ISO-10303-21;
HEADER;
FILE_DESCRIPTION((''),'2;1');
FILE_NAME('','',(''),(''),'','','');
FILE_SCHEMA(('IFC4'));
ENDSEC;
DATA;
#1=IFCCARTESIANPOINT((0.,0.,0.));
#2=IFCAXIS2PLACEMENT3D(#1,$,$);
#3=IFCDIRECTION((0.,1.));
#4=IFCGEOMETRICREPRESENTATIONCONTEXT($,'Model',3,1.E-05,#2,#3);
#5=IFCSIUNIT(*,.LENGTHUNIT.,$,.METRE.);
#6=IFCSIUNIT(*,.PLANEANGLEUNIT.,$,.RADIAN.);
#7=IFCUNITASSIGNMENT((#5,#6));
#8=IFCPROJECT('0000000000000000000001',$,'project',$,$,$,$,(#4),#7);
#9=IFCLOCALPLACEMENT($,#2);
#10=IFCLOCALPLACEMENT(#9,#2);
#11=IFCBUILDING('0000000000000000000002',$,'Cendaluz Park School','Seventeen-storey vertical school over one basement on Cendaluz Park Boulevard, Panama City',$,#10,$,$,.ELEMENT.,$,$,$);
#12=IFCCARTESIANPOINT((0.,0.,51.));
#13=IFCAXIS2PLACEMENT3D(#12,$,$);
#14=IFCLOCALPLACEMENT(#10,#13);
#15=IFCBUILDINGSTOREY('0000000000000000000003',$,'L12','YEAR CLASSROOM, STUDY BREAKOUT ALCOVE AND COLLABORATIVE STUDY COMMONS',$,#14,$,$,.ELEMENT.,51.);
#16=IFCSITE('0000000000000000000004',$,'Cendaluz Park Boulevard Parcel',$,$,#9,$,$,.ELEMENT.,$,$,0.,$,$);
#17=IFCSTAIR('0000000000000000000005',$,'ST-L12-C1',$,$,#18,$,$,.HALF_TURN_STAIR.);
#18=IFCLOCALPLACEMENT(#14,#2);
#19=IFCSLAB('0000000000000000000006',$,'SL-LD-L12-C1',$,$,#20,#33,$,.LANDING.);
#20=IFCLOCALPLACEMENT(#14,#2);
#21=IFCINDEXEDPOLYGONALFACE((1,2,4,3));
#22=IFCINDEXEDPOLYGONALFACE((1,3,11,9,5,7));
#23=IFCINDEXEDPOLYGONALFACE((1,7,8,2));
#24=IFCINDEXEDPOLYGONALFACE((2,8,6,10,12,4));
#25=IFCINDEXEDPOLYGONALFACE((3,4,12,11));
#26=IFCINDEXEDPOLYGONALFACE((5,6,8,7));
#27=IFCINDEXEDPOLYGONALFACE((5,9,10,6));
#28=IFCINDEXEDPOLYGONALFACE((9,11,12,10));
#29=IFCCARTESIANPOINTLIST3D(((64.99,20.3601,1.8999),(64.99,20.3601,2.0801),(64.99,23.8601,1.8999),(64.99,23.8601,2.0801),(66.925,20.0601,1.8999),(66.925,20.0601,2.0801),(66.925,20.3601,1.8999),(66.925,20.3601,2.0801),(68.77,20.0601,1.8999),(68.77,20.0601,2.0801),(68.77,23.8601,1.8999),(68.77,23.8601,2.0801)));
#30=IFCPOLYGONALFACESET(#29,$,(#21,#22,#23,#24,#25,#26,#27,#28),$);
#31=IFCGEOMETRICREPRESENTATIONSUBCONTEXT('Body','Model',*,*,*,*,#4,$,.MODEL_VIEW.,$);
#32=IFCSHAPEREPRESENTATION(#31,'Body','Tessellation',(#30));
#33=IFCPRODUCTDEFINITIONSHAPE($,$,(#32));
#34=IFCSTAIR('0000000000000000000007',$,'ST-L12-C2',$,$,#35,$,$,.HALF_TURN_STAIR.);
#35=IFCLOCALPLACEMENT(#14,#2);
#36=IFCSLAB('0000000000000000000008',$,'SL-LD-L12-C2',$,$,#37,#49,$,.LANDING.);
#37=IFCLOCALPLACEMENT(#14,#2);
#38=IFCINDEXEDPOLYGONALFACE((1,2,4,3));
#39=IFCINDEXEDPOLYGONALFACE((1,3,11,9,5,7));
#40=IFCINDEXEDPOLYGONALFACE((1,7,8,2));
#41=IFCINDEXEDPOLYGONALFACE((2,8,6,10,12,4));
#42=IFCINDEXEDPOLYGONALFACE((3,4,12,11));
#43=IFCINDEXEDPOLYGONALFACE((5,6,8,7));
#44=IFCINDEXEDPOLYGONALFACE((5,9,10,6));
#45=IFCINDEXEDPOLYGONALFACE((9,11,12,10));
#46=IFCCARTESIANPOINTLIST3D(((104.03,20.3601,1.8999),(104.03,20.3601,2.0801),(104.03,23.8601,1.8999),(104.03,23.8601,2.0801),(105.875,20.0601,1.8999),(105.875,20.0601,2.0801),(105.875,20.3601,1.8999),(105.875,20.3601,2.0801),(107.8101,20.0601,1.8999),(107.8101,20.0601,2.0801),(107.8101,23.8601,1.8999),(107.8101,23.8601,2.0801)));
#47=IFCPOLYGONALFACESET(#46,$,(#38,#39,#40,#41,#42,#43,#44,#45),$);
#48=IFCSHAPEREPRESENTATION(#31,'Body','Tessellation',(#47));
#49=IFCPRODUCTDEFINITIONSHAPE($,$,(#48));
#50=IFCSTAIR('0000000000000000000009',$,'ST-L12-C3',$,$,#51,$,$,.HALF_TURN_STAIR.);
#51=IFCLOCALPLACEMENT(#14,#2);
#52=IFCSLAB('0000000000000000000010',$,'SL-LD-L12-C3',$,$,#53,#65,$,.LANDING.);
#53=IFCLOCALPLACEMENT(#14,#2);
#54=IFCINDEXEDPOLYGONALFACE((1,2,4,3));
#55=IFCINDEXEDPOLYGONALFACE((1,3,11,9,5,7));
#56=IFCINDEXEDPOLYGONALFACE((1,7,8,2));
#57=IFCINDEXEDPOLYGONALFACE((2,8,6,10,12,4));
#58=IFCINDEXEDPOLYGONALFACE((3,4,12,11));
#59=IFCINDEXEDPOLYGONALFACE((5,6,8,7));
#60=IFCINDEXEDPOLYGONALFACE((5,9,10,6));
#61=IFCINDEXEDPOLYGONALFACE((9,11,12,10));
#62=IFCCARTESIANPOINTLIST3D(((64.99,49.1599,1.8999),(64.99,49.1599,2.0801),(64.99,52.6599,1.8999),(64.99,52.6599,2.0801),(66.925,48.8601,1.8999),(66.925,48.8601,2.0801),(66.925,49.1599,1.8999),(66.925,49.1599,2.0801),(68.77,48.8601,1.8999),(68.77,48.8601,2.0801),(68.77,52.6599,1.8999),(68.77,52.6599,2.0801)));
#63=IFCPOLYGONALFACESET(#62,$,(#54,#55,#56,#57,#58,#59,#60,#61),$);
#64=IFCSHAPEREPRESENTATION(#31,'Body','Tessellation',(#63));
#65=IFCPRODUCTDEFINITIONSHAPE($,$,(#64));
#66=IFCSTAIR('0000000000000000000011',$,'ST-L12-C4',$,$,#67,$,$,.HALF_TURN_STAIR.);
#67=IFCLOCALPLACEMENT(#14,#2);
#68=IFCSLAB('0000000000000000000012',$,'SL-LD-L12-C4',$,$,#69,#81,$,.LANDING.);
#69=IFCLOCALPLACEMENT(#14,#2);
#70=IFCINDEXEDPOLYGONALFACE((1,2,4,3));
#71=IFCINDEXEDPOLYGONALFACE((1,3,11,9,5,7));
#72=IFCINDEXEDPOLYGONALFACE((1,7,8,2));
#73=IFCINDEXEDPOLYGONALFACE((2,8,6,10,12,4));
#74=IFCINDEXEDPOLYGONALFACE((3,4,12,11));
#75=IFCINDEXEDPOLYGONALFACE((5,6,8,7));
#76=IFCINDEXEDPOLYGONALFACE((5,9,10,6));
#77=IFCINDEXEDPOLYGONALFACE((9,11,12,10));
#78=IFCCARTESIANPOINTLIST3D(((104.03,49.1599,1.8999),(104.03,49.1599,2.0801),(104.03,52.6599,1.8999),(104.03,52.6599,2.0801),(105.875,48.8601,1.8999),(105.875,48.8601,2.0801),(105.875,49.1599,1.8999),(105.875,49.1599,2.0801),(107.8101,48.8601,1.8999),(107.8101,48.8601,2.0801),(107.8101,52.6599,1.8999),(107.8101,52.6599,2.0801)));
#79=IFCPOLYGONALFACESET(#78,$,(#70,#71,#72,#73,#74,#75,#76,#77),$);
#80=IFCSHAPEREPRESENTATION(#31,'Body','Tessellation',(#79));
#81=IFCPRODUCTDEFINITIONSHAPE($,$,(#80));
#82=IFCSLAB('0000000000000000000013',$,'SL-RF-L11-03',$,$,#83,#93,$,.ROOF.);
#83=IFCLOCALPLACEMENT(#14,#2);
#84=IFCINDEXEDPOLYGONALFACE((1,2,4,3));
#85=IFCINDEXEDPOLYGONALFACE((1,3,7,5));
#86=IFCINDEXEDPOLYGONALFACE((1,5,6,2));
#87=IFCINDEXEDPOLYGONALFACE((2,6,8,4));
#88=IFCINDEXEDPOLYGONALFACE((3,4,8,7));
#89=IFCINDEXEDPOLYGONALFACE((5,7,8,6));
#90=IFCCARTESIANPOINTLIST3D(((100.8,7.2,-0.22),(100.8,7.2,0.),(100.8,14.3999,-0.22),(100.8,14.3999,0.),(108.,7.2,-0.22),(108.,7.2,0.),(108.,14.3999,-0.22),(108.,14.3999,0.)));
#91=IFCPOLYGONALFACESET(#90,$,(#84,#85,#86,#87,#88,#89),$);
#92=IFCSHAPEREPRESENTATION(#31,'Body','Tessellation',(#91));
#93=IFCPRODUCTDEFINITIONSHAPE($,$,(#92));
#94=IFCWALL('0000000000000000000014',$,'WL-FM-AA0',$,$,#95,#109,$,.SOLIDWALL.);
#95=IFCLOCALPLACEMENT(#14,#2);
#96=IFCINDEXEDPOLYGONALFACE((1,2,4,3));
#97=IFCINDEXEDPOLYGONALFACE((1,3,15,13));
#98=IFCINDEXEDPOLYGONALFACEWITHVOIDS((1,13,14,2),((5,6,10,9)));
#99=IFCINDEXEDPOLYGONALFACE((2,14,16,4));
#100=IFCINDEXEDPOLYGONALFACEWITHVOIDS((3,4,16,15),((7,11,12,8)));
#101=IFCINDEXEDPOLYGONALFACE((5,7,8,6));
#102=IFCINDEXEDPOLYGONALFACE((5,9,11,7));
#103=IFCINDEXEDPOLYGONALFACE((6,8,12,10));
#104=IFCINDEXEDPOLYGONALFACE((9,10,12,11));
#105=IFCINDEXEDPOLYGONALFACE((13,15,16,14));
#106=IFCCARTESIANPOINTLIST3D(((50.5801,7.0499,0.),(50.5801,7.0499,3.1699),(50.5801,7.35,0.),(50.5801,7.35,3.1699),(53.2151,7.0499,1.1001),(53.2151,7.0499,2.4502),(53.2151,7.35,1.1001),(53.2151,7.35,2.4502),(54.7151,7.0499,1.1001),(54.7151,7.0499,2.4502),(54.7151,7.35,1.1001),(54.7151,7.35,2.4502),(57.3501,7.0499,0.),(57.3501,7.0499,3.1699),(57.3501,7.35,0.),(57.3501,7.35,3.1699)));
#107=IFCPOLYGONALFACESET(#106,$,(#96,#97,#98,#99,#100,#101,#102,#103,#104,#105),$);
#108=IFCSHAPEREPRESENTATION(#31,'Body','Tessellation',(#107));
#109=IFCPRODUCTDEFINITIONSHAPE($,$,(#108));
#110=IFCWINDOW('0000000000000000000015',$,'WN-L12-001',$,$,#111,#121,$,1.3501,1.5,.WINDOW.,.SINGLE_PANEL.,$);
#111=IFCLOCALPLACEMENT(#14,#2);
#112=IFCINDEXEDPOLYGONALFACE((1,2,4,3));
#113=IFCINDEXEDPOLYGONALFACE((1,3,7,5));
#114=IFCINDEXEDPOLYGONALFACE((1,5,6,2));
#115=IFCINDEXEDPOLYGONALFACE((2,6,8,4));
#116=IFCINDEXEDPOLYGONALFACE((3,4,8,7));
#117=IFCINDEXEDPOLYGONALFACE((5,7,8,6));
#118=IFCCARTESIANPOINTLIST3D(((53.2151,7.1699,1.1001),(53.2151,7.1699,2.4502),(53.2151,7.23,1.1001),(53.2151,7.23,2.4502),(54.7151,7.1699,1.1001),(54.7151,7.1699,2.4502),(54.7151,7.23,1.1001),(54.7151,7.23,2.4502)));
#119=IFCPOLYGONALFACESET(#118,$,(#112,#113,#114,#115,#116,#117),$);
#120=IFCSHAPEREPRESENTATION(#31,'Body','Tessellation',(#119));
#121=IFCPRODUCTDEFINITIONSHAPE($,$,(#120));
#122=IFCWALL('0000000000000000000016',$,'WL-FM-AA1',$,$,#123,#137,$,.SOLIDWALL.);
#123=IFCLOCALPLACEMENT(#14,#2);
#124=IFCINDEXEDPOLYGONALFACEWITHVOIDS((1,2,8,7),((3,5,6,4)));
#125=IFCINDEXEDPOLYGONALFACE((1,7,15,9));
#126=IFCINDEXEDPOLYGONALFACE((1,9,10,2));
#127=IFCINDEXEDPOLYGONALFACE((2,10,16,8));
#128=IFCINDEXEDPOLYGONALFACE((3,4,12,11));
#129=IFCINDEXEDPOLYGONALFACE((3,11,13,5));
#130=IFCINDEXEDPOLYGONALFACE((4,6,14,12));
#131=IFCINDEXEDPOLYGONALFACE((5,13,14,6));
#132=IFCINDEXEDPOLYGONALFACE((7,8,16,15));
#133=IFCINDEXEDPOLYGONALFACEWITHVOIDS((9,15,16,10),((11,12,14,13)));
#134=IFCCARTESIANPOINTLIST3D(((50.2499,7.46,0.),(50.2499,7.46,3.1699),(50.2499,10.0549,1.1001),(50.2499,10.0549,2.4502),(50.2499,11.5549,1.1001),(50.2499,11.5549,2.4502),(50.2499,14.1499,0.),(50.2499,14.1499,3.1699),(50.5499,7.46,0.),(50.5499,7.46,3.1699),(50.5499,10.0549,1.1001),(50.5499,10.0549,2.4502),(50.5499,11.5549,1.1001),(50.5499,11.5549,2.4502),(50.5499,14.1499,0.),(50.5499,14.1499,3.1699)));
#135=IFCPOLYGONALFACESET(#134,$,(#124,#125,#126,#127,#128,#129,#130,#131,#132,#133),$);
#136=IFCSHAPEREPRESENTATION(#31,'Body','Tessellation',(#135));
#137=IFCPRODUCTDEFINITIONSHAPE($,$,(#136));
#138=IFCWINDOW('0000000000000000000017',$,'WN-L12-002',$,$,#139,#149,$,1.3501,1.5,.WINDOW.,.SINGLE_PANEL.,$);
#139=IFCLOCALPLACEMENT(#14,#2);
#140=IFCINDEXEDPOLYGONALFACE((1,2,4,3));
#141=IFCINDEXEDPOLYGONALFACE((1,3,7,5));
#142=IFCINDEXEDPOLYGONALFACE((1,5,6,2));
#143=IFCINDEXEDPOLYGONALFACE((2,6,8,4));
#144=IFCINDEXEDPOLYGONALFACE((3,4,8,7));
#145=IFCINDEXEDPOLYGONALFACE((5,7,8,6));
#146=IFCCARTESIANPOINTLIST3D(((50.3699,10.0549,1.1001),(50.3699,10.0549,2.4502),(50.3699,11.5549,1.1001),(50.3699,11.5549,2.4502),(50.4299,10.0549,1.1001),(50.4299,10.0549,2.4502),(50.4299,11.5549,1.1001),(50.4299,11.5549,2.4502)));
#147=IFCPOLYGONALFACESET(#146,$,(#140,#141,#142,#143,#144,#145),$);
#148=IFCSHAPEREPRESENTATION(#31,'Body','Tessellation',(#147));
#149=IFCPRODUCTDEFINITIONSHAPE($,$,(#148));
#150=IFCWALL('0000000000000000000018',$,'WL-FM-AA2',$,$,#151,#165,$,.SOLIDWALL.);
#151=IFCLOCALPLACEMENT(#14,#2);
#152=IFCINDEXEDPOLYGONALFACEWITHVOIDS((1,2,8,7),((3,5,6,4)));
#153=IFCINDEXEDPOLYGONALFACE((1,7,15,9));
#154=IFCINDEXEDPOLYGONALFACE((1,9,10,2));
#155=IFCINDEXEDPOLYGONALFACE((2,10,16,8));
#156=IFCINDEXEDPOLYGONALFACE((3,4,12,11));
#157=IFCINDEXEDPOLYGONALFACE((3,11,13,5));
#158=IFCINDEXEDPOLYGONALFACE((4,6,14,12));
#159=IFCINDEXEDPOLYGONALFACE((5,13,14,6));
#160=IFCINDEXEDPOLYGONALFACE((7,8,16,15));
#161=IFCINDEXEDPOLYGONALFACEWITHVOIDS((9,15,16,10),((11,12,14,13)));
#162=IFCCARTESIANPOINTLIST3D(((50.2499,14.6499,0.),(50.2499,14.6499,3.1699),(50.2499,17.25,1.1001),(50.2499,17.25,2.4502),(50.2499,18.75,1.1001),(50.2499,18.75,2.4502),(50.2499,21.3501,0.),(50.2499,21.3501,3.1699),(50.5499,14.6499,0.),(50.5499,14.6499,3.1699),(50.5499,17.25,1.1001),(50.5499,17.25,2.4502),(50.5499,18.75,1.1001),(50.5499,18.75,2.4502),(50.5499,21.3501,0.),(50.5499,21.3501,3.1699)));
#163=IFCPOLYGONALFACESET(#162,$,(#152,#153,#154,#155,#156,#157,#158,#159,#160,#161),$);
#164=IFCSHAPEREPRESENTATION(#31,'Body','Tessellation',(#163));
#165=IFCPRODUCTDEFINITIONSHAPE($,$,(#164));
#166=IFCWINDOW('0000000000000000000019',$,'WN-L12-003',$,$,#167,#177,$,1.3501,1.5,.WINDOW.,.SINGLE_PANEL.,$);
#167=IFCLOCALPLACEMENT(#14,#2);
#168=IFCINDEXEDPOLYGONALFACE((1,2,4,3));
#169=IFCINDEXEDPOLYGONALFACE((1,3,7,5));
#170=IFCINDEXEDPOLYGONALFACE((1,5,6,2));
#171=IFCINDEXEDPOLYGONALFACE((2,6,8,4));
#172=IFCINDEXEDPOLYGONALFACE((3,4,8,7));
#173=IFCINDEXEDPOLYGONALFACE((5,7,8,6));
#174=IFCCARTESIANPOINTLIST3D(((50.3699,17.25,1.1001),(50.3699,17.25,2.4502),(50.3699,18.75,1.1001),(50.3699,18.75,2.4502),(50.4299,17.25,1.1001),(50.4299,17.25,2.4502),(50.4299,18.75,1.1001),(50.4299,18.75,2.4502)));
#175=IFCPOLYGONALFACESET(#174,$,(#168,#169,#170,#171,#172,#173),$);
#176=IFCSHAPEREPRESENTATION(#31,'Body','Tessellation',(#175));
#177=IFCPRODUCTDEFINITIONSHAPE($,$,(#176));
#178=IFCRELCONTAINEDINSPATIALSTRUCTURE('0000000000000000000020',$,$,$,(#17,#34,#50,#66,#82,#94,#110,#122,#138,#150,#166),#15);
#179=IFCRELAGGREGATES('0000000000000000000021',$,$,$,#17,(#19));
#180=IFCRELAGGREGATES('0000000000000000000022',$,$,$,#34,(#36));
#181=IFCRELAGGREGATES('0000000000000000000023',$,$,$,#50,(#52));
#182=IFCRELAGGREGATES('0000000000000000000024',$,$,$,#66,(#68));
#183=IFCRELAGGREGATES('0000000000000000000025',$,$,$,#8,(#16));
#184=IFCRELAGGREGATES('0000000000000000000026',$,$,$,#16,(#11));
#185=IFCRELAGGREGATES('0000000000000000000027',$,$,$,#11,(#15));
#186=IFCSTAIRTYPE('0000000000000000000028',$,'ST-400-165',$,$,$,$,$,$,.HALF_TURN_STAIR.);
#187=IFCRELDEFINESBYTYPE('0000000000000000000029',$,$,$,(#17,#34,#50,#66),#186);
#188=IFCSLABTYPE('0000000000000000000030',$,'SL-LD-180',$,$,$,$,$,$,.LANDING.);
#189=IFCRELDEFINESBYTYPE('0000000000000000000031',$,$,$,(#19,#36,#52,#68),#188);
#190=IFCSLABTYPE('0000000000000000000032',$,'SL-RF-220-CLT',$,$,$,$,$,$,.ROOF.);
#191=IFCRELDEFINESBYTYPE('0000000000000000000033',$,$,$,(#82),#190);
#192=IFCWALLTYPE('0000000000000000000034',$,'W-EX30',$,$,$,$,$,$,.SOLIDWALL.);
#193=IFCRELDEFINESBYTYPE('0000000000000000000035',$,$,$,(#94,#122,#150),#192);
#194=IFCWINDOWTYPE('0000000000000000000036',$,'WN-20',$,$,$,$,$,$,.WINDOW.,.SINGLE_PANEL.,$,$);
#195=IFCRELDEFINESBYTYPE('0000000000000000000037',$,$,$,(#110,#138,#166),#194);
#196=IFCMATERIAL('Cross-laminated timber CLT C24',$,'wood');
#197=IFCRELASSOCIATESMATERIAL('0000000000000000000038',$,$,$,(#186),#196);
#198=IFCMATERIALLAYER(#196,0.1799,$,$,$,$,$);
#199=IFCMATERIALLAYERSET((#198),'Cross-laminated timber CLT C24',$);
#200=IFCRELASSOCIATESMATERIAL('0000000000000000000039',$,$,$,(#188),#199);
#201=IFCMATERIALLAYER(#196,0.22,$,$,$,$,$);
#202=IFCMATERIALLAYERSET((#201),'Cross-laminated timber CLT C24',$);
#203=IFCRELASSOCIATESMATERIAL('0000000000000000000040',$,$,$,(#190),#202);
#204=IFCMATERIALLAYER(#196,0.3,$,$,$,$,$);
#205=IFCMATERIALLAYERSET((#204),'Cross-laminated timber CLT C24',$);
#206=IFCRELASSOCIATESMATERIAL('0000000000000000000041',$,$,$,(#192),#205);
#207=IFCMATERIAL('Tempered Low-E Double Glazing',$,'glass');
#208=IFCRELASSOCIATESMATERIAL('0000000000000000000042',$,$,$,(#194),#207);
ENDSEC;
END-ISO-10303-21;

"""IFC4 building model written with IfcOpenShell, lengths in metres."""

from ifc_helpers import new_model, si_unit, direction, frame, frame_2d, origin, place, context, subcontext, project, spatial, polyline, rectangle, outline, extrude, material, layer, layer_set, type_object, element, fill, aggregate, save


model = new_model("IFC4")

# Units and contexts
model_context = context("Model", 3, precision=1e-05, world=origin(), true_north=direction((0.0, 1.0)))
body_context = subcontext(model_context, "Body", "Model", "MODEL_VIEW")
ifc_project = project(units=[si_unit("LENGTHUNIT", "METRE"), si_unit("PLANEANGLEUNIT", "RADIAN")], contexts=[model_context])

# Site, building, storey
site_placement = place(None, origin())
site = spatial("IfcSite", under=ifc_project, at=site_placement, Name="Cendaluz Park Boulevard Parcel", CompositionType="ELEMENT", RefElevation=0.0)
building_placement = place(site_placement, origin())
building = spatial("IfcBuilding", under=site, at=building_placement, Name="Cendaluz Park School", Description="Seventeen-storey vertical school over one basement on Cendaluz Park Boulevard, Panama City", CompositionType="ELEMENT")
storey_placement = place(building_placement, frame((0.0, 0.0, 51.0)))
storey = spatial("IfcBuildingStorey", under=building, at=storey_placement, Name="L12", Description="YEAR CLASSROOM, STUDY BREAKOUT ALCOVE AND COLLABORATIVE STUDY COMMONS", CompositionType="ELEMENT", Elevation=51.0)

# Shared definitions
ifc_material_1 = material(Name="Cross-laminated timber CLT C24", Category="wood")

# Stairs, slabs
stair_type = type_object("IfcStairType", Name="ST-400-165", PredefinedType="HALF_TURN_STAIR", material=ifc_material_1)
stair_1_placement = place(storey_placement, origin())
stair_1 = element("IfcStair", 1, at=stair_1_placement, inside=storey, type_object=stair_type, Name="ST-L12-C1", PredefinedType="HALF_TURN_STAIR")
ifc_layer_1 = layer(ifc_material_1, 0.1799)
ifc_layer_set_1 = layer_set([ifc_layer_1], Name="Cross-laminated timber CLT C24")
slab_type_1 = type_object("IfcSlabType", Name="SL-LD-180", PredefinedType="LANDING", material=ifc_layer_set_1)
slab_1_placement = place(storey_placement, frame((0.0, 0.0, 1.8999)))
slab_1 = element("IfcSlab", 2, at=slab_1_placement, type_object=slab_type_1, Name="SL-LD-L12-C1", PredefinedType="LANDING", context=body_context, shape_type="SweptSolid", body=[
    extrude(outline(polyline([(64.99, 20.3601), (66.925, 20.3601), (66.925, 20.0601), (68.77, 20.0601), (68.77, 23.8601), (64.99, 23.8601), (64.99, 20.3601)])), origin(), (0.0, 0.0, 1.0), 0.1802),
])
aggregate(stair_1, [slab_1])
stair_2_placement = place(storey_placement, origin())
stair_2 = element("IfcStair", 3, at=stair_2_placement, inside=storey, type_object=stair_type, Name="ST-L12-C2", PredefinedType="HALF_TURN_STAIR")
slab_2_placement = place(storey_placement, frame((0.0, 0.0, 1.8999)))
slab_2 = element("IfcSlab", 4, at=slab_2_placement, type_object=slab_type_1, Name="SL-LD-L12-C2", PredefinedType="LANDING", context=body_context, shape_type="SweptSolid", body=[
    extrude(outline(polyline([(104.03, 20.3601), (105.875, 20.3601), (105.875, 20.0601), (107.8101, 20.0601), (107.8101, 23.8601), (104.03, 23.8601), (104.03, 20.3601)])), origin(), (0.0, 0.0, 1.0), 0.1802),
])
aggregate(stair_2, [slab_2])
stair_3_placement = place(storey_placement, origin())
stair_3 = element("IfcStair", 5, at=stair_3_placement, inside=storey, type_object=stair_type, Name="ST-L12-C3", PredefinedType="HALF_TURN_STAIR")
slab_3_placement = place(storey_placement, frame((0.0, 0.0, 1.8999)))
slab_3 = element("IfcSlab", 6, at=slab_3_placement, type_object=slab_type_1, Name="SL-LD-L12-C3", PredefinedType="LANDING", context=body_context, shape_type="SweptSolid", body=[
    extrude(outline(polyline([(64.99, 49.1599), (66.925, 49.1599), (66.925, 48.8601), (68.77, 48.8601), (68.77, 52.6599), (64.99, 52.6599), (64.99, 49.1599)])), origin(), (0.0, 0.0, 1.0), 0.1802),
])
aggregate(stair_3, [slab_3])
stair_4_placement = place(storey_placement, origin())
stair_4 = element("IfcStair", 7, at=stair_4_placement, inside=storey, type_object=stair_type, Name="ST-L12-C4", PredefinedType="HALF_TURN_STAIR")
slab_4_placement = place(storey_placement, frame((0.0, 0.0, 1.8999)))
slab_4 = element("IfcSlab", 8, at=slab_4_placement, type_object=slab_type_1, Name="SL-LD-L12-C4", PredefinedType="LANDING", context=body_context, shape_type="SweptSolid", body=[
    extrude(outline(polyline([(104.03, 49.1599), (105.875, 49.1599), (105.875, 48.8601), (107.8101, 48.8601), (107.8101, 52.6599), (104.03, 52.6599), (104.03, 49.1599)])), origin(), (0.0, 0.0, 1.0), 0.1802),
])
aggregate(stair_4, [slab_4])

# Slab
ifc_layer_2 = layer(ifc_material_1, 0.22)
ifc_layer_set_2 = layer_set([ifc_layer_2], Name="Cross-laminated timber CLT C24")
slab_type_2 = type_object("IfcSlabType", Name="SL-RF-220-CLT", PredefinedType="ROOF", material=ifc_layer_set_2)
slab_5_placement = place(storey_placement, frame((0.0, 0.0, -0.22)))
element("IfcSlab", 9, at=slab_5_placement, inside=storey, type_object=slab_type_2, Name="SL-RF-L11-03", PredefinedType="ROOF", context=body_context, shape_type="SweptSolid", body=[
    extrude(outline(polyline([(108.0, 7.2), (108.0, 14.3999), (100.8, 14.3999), (100.8, 7.2), (108.0, 7.2)])), origin(), (0.0, 0.0, 1.0), 0.22),
])

# Walls, openings, windows
ifc_layer_3 = layer(ifc_material_1, 0.3)
ifc_layer_set_3 = layer_set([ifc_layer_3], Name="Cross-laminated timber CLT C24")
wall_type = type_object("IfcWallType", Name="W-EX30", PredefinedType="SOLIDWALL", material=ifc_layer_set_3)
wall_1_placement = place(storey_placement, frame((50.5801, 7.2, 0.0), z_axis=(0.0, 0.0, 1.0), x_axis=(1.0, 0.0, 0.0)))
wall_1 = element("IfcWall", 10, at=wall_1_placement, inside=storey, type_object=wall_type, Name="WL-FM-AA0", PredefinedType="SOLIDWALL", context=body_context, shape_type="SweptSolid", body=[
    extrude(rectangle(XDim=6.77, YDim=0.3, at=frame_2d((3.385, 0.0))), origin(), (0.0, 0.0, 1.0), 3.1699),
])
opening_1_placement = place(wall_1_placement, frame((2.635, 0.0, 1.1001)))
opening_1 = element("IfcOpeningElement", 11, at=opening_1_placement, cuts=wall_1, PredefinedType="OPENING", context=body_context, shape_type="SweptSolid", body=[
    extrude(rectangle(XDim=1.5, YDim=1.3501, at=frame_2d((0.75, 0.675))), frame((0.0, 0.1621, 0.0), z_axis=(0.0, -1.0, 0.0), x_axis=(1.0, 0.0, 0.0)), (0.0, 0.0, 1.0), 0.324),
])
ifc_material_2 = material(Name="Tempered Low-E Double Glazing", Category="glass")
window_type = type_object("IfcWindowType", Name="WN-20", PartitioningType="SINGLE_PANEL", PredefinedType="WINDOW", material=ifc_material_2)
window_1_placement = place(opening_1_placement, origin())
window_1 = element("IfcWindow", 12, at=window_1_placement, inside=storey, type_object=window_type, Name="WN-L12-001", OverallHeight=1.3501, OverallWidth=1.5, PartitioningType="SINGLE_PANEL", PredefinedType="WINDOW", context=body_context, shape_type="SweptSolid", body=[
    extrude(rectangle(XDim=1.5, YDim=1.3501, at=frame_2d((0.75, 0.675))), frame((0.0, 0.03, 0.0), z_axis=(0.0, -1.0, 0.0), x_axis=(1.0, 0.0, 0.0)), (0.0, 0.0, 1.0), 0.0601),
])
fill(opening_1, window_1)
wall_2_placement = place(storey_placement, frame((50.3999, 7.46, 0.0), z_axis=(0.0, 0.0, 1.0), x_axis=(0.0, 1.0, 0.0)))
wall_2 = element("IfcWall", 13, at=wall_2_placement, inside=storey, type_object=wall_type, Name="WL-FM-AA1", PredefinedType="SOLIDWALL", context=body_context, shape_type="SweptSolid", body=[
    extrude(rectangle(XDim=6.6899, YDim=0.3, at=frame_2d((3.345, 0.0))), origin(), (0.0, 0.0, 1.0), 3.1699),
])
opening_2_placement = place(wall_2_placement, frame((2.595, 0.0, 1.1001)))
opening_2 = element("IfcOpeningElement", 14, at=opening_2_placement, cuts=wall_2, PredefinedType="OPENING", context=body_context, shape_type="SweptSolid", body=[
    extrude(rectangle(XDim=1.5, YDim=1.3501, at=frame_2d((0.75, 0.675))), frame((0.0, 0.1621, 0.0), z_axis=(0.0, -1.0, 0.0), x_axis=(1.0, 0.0, 0.0)), (0.0, 0.0, 1.0), 0.324),
])
window_2_placement = place(opening_2_placement, origin())
window_2 = element("IfcWindow", 15, at=window_2_placement, inside=storey, type_object=window_type, Name="WN-L12-002", OverallHeight=1.3501, OverallWidth=1.5, PartitioningType="SINGLE_PANEL", PredefinedType="WINDOW", context=body_context, shape_type="SweptSolid", body=[
    extrude(rectangle(XDim=1.5, YDim=1.3501, at=frame_2d((0.75, 0.675))), frame((0.0, 0.03, 0.0), z_axis=(0.0, -1.0, 0.0), x_axis=(1.0, 0.0, 0.0)), (0.0, 0.0, 1.0), 0.0601),
])
fill(opening_2, window_2)
wall_3_placement = place(storey_placement, frame((50.3999, 14.6499, 0.0), z_axis=(0.0, 0.0, 1.0), x_axis=(0.0, 1.0, 0.0)))
wall_3 = element("IfcWall", 16, at=wall_3_placement, inside=storey, type_object=wall_type, Name="WL-FM-AA2", PredefinedType="SOLIDWALL", context=body_context, shape_type="SweptSolid", body=[
    extrude(rectangle(XDim=6.7002, YDim=0.3, at=frame_2d((3.3501, 0.0))), origin(), (0.0, 0.0, 1.0), 3.1699),
])
opening_3_placement = place(wall_3_placement, frame((2.6001, 0.0, 1.1001)))
opening_3 = element("IfcOpeningElement", 17, at=opening_3_placement, cuts=wall_3, PredefinedType="OPENING", context=body_context, shape_type="SweptSolid", body=[
    extrude(rectangle(XDim=1.5, YDim=1.3501, at=frame_2d((0.75, 0.675))), frame((0.0, 0.1621, 0.0), z_axis=(0.0, -1.0, 0.0), x_axis=(1.0, 0.0, 0.0)), (0.0, 0.0, 1.0), 0.324),
])
window_3_placement = place(opening_3_placement, origin())
window_3 = element("IfcWindow", 18, at=window_3_placement, inside=storey, type_object=window_type, Name="WN-L12-003", OverallHeight=1.3501, OverallWidth=1.5, PartitioningType="SINGLE_PANEL", PredefinedType="WINDOW", context=body_context, shape_type="SweptSolid", body=[
    extrude(rectangle(XDim=1.5, YDim=1.3501, at=frame_2d((0.75, 0.675))), frame((0.0, 0.03, 0.0), z_axis=(0.0, -1.0, 0.0), x_axis=(1.0, 0.0, 0.0)), (0.0, 0.0, 1.0), 0.0601),
])
fill(opening_3, window_3)

save(model, "model.ifc")
